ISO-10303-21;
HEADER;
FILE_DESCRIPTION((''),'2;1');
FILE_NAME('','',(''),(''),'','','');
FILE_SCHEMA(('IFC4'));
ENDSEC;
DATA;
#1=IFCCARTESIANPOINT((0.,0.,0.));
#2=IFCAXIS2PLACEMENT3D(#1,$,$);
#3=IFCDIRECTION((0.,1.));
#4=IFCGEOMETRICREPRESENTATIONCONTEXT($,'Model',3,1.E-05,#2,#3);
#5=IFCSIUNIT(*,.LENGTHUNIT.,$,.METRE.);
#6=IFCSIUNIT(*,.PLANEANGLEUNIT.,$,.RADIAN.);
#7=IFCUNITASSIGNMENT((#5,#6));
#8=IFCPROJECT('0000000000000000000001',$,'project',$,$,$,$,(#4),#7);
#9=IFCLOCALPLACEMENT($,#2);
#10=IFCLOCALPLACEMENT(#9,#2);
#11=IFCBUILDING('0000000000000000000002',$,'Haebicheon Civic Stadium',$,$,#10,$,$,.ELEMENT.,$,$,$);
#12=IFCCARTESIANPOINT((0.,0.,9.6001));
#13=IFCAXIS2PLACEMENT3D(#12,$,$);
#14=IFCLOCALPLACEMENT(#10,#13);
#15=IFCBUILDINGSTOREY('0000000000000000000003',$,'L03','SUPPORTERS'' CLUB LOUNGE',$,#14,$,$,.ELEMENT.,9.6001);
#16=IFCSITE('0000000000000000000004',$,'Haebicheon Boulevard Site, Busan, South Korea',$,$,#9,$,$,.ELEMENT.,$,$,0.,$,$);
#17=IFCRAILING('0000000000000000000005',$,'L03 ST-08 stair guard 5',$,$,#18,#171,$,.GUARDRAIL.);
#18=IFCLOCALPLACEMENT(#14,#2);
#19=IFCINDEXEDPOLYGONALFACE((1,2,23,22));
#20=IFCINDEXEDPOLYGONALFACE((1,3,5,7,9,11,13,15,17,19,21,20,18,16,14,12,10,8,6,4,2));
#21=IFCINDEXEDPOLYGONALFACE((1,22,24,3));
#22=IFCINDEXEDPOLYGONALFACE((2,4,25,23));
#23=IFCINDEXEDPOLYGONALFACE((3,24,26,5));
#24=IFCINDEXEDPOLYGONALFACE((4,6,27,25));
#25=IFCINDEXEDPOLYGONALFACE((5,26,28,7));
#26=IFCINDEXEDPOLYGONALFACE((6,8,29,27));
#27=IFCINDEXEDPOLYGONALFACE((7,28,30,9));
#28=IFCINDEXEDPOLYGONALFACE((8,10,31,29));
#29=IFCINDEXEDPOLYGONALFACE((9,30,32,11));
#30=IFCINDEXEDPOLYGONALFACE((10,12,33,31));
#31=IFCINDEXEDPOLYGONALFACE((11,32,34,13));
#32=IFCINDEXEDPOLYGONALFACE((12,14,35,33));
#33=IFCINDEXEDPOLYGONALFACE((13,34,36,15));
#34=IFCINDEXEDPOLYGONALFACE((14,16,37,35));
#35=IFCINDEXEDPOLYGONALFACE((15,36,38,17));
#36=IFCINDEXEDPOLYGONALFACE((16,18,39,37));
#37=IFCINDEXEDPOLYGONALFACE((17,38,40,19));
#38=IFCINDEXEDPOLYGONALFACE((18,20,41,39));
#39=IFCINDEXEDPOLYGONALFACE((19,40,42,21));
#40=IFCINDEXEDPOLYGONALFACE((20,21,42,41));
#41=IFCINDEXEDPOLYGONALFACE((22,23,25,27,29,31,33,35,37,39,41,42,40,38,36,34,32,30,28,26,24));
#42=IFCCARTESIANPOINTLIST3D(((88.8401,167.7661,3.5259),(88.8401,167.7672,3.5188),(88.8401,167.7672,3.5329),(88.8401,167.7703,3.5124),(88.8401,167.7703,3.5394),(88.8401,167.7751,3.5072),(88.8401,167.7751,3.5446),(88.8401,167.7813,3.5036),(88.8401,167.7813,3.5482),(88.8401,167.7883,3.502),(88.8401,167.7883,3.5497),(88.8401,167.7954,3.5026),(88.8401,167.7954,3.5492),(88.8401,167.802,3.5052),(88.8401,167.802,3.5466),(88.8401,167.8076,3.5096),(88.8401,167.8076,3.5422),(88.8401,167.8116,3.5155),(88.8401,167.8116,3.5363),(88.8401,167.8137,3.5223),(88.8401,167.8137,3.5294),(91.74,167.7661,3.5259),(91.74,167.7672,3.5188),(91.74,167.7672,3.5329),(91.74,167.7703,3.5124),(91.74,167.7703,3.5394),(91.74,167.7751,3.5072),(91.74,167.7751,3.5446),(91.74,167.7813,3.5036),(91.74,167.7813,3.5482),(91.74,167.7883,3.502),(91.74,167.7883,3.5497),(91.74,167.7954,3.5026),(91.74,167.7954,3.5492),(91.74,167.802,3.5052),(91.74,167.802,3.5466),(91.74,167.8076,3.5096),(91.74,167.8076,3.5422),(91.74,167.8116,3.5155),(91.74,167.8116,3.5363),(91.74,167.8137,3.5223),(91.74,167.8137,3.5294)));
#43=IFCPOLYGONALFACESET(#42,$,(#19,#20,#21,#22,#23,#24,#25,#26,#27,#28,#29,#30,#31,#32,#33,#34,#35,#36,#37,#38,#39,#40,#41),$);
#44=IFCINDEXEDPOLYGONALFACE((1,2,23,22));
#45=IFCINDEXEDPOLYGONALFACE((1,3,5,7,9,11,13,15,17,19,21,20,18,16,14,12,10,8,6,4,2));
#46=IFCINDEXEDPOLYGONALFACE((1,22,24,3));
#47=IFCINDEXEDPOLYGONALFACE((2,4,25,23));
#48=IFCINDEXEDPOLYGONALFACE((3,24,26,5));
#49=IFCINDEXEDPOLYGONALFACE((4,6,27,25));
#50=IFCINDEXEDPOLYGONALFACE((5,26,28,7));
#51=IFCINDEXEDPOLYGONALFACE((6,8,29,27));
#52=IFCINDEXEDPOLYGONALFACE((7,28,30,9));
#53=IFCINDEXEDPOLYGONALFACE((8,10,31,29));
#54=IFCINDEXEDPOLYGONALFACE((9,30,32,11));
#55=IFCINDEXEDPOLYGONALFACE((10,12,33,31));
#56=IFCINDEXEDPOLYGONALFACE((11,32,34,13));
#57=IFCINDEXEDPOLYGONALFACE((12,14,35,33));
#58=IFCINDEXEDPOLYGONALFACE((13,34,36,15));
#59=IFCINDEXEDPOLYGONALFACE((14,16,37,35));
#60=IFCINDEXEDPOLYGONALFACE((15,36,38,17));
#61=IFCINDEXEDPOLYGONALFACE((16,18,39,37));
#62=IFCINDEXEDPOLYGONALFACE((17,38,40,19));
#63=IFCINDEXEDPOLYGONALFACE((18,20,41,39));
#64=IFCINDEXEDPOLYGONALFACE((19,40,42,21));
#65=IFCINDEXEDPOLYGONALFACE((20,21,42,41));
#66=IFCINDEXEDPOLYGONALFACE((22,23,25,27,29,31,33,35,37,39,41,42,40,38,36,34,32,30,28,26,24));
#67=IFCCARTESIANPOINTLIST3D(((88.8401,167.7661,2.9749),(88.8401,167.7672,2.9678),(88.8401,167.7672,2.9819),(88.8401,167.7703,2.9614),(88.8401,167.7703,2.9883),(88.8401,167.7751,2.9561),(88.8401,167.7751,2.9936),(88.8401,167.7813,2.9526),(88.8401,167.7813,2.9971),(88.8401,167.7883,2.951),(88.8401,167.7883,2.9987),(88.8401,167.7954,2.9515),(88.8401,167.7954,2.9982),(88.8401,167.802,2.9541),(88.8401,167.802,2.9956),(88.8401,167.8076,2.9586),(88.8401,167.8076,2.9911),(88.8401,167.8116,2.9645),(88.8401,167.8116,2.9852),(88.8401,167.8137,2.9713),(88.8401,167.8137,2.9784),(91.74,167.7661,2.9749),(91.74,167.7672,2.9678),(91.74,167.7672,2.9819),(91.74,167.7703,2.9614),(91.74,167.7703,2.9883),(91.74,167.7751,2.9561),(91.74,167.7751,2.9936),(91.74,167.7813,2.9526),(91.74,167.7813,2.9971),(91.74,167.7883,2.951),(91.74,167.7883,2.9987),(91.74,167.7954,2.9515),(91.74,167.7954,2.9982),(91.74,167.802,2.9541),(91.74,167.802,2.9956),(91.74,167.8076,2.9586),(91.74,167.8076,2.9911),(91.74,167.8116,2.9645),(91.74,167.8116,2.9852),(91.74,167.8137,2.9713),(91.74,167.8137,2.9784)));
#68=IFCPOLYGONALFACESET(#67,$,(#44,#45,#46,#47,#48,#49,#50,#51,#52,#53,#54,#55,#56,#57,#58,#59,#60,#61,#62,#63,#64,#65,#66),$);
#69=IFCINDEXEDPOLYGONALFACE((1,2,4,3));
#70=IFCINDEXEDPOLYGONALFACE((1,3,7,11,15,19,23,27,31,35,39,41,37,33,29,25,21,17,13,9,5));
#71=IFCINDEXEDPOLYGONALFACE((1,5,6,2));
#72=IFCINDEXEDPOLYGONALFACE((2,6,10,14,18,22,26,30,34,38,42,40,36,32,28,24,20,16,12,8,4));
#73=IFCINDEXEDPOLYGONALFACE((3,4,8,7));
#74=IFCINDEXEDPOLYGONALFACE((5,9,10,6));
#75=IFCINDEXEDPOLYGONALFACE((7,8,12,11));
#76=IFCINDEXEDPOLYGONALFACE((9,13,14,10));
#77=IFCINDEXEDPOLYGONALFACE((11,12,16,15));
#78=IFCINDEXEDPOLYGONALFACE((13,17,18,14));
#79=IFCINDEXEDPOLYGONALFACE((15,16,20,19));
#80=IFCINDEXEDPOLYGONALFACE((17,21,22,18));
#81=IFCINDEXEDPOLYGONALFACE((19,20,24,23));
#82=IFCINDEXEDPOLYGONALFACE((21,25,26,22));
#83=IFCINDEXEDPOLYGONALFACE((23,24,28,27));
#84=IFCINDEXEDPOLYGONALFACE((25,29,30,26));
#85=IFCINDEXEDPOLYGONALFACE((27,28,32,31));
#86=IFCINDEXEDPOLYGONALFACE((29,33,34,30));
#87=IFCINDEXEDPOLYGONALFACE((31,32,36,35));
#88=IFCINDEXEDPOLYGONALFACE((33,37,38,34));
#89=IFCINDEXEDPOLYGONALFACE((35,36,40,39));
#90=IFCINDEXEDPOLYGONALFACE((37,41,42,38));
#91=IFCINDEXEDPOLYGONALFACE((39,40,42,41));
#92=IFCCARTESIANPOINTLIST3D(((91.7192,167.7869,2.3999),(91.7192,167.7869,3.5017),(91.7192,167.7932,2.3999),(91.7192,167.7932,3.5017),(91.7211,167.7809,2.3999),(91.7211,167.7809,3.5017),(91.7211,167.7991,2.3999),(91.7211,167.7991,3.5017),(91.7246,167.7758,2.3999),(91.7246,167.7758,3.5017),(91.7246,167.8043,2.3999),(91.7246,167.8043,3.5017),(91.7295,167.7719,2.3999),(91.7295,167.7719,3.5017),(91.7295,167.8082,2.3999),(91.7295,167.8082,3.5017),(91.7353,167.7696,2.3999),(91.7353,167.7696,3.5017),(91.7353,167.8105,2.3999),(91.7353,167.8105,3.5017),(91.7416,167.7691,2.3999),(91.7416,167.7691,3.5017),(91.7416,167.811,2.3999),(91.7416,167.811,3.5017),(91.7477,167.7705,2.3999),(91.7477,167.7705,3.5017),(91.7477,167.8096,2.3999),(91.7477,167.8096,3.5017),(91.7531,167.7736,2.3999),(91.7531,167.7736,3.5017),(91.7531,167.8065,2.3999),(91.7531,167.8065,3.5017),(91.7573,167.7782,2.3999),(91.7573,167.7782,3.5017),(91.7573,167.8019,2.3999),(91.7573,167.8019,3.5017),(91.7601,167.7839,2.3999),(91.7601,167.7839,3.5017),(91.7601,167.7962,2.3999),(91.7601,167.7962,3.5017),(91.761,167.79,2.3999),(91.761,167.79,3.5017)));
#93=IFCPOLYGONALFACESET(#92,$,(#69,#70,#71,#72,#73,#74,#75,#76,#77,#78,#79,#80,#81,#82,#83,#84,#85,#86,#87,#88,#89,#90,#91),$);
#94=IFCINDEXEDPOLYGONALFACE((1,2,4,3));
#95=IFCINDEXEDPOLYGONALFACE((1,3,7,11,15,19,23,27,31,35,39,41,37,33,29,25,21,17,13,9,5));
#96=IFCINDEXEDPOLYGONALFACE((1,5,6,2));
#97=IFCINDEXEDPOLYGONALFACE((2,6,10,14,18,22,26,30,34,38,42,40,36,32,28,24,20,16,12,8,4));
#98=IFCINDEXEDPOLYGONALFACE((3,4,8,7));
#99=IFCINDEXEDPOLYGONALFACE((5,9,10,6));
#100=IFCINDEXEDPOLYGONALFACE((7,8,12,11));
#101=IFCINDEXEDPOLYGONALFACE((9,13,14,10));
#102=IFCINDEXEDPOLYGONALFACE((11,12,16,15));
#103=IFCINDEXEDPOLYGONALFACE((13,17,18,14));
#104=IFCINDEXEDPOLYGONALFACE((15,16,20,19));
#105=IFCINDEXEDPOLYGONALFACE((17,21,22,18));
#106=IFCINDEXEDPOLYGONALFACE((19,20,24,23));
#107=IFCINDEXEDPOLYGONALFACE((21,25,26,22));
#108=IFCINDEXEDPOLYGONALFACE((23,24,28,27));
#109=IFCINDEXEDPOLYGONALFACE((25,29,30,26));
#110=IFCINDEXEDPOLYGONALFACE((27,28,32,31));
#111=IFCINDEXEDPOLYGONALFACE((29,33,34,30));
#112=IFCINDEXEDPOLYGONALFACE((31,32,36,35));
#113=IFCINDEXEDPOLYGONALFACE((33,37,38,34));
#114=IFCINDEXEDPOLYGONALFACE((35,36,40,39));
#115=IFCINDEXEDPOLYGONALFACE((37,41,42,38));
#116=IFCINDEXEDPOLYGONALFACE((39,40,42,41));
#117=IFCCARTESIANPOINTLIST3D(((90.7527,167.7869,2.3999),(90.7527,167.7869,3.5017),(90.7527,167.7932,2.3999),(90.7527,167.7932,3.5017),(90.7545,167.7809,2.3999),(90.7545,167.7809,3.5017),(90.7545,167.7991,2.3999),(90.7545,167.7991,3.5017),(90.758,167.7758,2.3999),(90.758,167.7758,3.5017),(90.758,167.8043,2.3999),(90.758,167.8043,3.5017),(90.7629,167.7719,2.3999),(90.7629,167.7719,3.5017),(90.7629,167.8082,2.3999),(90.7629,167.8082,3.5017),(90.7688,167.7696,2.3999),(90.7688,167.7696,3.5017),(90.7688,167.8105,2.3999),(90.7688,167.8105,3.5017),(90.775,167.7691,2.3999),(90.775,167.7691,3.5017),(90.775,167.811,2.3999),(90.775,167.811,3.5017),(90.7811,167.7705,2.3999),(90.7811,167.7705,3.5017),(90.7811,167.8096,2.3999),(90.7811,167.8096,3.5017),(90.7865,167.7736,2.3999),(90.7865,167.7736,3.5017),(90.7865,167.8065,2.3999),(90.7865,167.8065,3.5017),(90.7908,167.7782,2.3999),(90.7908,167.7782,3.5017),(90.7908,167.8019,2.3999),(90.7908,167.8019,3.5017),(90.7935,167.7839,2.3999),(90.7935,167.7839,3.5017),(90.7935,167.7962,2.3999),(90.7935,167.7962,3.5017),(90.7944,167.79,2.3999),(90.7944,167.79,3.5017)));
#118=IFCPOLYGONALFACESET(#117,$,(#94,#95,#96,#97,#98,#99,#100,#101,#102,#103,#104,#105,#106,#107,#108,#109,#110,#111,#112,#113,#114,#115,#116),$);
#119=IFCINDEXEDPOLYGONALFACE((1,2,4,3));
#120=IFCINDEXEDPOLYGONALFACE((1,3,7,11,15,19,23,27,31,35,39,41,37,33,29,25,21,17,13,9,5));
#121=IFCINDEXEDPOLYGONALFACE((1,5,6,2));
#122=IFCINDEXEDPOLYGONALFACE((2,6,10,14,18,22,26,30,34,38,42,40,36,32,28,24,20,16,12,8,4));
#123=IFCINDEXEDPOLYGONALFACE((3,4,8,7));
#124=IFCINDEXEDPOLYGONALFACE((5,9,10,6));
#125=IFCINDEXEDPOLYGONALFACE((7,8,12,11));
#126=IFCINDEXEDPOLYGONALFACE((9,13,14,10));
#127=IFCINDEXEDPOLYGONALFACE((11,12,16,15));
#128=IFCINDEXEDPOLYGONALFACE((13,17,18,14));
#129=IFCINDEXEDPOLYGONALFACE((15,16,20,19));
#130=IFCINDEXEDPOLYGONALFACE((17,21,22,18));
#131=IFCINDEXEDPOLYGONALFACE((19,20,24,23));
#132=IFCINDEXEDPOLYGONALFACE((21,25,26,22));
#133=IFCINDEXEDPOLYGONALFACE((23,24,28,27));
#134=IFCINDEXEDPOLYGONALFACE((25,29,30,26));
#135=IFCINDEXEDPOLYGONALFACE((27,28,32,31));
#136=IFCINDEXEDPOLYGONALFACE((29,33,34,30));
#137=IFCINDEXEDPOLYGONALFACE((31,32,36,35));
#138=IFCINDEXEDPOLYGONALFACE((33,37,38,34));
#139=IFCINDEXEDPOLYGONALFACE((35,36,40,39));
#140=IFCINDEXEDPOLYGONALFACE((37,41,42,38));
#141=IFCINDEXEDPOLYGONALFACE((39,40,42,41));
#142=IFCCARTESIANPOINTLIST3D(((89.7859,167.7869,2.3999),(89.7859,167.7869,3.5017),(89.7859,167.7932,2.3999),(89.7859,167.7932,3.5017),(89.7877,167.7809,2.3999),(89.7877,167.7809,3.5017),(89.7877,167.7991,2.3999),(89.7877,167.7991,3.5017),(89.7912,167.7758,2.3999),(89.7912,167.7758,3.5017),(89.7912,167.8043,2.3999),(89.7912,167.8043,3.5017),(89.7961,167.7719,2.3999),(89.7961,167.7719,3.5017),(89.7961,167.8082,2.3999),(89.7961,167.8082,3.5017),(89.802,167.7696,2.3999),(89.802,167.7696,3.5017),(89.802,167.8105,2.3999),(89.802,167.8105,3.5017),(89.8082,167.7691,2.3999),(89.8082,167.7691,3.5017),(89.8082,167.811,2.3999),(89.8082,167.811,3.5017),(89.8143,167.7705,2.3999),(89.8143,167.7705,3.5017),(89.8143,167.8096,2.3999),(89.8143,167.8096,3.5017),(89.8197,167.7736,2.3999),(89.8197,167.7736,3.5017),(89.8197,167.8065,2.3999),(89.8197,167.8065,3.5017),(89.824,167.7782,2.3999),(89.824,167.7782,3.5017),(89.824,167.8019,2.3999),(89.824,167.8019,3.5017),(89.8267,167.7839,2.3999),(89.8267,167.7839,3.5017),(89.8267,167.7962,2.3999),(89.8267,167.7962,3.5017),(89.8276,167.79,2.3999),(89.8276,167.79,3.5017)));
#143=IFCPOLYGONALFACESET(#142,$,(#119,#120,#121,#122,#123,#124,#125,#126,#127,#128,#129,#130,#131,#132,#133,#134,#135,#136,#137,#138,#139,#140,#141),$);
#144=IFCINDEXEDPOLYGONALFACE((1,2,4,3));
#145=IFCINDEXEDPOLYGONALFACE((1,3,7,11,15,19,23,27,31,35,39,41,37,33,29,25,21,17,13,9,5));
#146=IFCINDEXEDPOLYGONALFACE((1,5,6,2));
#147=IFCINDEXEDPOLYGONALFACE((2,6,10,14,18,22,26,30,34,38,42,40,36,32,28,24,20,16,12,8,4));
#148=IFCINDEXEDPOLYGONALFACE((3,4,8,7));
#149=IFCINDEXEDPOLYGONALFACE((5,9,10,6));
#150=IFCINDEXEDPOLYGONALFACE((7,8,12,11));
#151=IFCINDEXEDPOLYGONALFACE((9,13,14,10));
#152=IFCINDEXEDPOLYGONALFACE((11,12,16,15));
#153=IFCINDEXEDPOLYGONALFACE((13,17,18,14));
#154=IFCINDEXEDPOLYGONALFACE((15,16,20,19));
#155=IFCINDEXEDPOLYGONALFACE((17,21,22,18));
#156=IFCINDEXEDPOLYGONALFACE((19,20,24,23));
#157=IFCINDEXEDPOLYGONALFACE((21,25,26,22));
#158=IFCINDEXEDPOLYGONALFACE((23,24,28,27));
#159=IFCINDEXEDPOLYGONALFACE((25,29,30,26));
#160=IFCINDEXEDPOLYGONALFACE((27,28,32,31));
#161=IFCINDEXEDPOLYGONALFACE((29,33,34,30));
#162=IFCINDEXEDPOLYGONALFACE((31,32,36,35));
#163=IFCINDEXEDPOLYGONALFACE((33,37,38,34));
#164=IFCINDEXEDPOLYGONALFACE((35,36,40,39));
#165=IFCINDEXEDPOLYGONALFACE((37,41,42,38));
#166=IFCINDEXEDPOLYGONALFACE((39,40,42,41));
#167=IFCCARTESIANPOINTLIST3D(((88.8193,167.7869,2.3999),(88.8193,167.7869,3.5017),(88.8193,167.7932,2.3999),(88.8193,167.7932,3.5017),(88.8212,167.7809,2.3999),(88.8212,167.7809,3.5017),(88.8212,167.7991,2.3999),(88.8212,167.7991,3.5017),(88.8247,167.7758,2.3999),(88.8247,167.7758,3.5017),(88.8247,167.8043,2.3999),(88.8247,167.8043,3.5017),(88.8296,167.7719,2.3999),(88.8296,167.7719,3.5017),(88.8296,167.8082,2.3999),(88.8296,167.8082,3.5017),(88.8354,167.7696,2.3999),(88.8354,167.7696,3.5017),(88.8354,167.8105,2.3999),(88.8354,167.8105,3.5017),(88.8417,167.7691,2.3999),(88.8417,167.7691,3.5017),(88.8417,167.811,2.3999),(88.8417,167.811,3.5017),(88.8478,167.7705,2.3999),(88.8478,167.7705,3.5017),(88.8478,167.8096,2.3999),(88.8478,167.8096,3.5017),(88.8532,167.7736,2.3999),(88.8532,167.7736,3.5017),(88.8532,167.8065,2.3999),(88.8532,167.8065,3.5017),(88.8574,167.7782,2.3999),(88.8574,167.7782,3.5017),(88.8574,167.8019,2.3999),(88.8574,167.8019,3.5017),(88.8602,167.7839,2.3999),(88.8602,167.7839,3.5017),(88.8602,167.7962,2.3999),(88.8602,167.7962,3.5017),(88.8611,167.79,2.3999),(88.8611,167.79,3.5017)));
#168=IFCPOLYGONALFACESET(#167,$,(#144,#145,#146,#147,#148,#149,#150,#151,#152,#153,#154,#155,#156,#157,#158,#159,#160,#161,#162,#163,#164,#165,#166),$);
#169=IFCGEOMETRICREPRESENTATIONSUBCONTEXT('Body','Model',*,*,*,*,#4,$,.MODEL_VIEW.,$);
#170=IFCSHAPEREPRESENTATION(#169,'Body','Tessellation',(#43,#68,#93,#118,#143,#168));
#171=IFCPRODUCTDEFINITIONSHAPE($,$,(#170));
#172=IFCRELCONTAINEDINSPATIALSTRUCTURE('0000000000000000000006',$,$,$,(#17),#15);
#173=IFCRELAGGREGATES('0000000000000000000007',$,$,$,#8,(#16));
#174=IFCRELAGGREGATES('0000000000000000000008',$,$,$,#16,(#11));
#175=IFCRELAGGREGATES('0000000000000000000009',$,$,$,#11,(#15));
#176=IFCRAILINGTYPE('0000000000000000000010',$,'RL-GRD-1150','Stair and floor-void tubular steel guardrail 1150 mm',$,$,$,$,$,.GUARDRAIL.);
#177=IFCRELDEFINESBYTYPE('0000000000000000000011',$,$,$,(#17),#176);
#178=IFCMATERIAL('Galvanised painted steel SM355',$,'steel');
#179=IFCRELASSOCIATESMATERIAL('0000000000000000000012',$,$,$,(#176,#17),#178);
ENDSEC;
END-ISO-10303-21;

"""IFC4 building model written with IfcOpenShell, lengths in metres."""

from ifc_helpers import new_model, si_unit, direction, frame, origin, origin_2d, place, context, subcontext, project, spatial, circle, extrude, material, type_object, element, save


model = new_model("IFC4")

# Units and contexts
model_context = context("Model", 3, precision=1e-05, world=origin(), true_north=direction((0.0, 1.0)))
body_context = subcontext(model_context, "Body", "Model", "MODEL_VIEW")
ifc_project = project(units=[si_unit("LENGTHUNIT", "METRE"), si_unit("PLANEANGLEUNIT", "RADIAN")], contexts=[model_context])

# Site, building, storey
site_placement = place(None, origin())
site = spatial("IfcSite", under=ifc_project, at=site_placement, Name="Haebicheon Boulevard Site, Busan, South Korea", CompositionType="ELEMENT", RefElevation=0.0)
building_placement = place(site_placement, origin())
building = spatial("IfcBuilding", under=site, at=building_placement, Name="Haebicheon Civic Stadium", CompositionType="ELEMENT")
storey_placement = place(building_placement, frame((0.0, 0.0, 9.6001)))
storey = spatial("IfcBuildingStorey", under=building, at=storey_placement, Name="L03", Description="SUPPORTERS' CLUB LOUNGE", CompositionType="ELEMENT", Elevation=9.6001)

# Railing
ifc_material_1 = material(Name="Galvanised painted steel SM355", Category="steel")
railing_type_1 = type_object("IfcRailingType", Name="RL-GRD-1150", Description="Stair and floor-void tubular steel guardrail 1150 mm", PredefinedType="GUARDRAIL", material=ifc_material_1)
railing_1_placement = place(storey_placement, frame((91.74, 167.79, 2.3999)))
element("IfcRailing", 1, at=railing_1_placement, inside=storey, type_object=railing_type_1, material=ifc_material_1, Name="L03 ST-08 stair guard 5", PredefinedType="GUARDRAIL", context=body_context, shape_type="SweptSolid", body=[
    extrude(circle(Radius=0.0239, at=origin_2d()), frame((0.0, 0.0, 1.126), z_axis=(-1.0, 0.0, 0.0), x_axis=(0.0, -1.0, 0.0)), (0.0, 0.0, 1.0), 2.8999),
    extrude(circle(Radius=0.0239, at=origin_2d()), frame((0.0, 0.0, 0.575), z_axis=(-1.0, 0.0, 0.0), x_axis=(0.0, -1.0, 0.0)), (0.0, 0.0, 1.0), 2.8999),
    extrude(circle(Radius=0.021, at=origin_2d()), origin(), (0.0, 0.0, 1.0), 1.1018),
    extrude(circle(Radius=0.021, at=origin_2d()), frame((-0.9666, 0.0, 0.0)), (0.0, 0.0, 1.0), 1.1018),
    extrude(circle(Radius=0.021, at=origin_2d()), frame((-1.9333, 0.0, 0.0)), (0.0, 0.0, 1.0), 1.1018),
    extrude(circle(Radius=0.021, at=origin_2d()), frame((-2.8999, 0.0, 0.0)), (0.0, 0.0, 1.0), 1.1018),
])

save(model, "model.ifc")
